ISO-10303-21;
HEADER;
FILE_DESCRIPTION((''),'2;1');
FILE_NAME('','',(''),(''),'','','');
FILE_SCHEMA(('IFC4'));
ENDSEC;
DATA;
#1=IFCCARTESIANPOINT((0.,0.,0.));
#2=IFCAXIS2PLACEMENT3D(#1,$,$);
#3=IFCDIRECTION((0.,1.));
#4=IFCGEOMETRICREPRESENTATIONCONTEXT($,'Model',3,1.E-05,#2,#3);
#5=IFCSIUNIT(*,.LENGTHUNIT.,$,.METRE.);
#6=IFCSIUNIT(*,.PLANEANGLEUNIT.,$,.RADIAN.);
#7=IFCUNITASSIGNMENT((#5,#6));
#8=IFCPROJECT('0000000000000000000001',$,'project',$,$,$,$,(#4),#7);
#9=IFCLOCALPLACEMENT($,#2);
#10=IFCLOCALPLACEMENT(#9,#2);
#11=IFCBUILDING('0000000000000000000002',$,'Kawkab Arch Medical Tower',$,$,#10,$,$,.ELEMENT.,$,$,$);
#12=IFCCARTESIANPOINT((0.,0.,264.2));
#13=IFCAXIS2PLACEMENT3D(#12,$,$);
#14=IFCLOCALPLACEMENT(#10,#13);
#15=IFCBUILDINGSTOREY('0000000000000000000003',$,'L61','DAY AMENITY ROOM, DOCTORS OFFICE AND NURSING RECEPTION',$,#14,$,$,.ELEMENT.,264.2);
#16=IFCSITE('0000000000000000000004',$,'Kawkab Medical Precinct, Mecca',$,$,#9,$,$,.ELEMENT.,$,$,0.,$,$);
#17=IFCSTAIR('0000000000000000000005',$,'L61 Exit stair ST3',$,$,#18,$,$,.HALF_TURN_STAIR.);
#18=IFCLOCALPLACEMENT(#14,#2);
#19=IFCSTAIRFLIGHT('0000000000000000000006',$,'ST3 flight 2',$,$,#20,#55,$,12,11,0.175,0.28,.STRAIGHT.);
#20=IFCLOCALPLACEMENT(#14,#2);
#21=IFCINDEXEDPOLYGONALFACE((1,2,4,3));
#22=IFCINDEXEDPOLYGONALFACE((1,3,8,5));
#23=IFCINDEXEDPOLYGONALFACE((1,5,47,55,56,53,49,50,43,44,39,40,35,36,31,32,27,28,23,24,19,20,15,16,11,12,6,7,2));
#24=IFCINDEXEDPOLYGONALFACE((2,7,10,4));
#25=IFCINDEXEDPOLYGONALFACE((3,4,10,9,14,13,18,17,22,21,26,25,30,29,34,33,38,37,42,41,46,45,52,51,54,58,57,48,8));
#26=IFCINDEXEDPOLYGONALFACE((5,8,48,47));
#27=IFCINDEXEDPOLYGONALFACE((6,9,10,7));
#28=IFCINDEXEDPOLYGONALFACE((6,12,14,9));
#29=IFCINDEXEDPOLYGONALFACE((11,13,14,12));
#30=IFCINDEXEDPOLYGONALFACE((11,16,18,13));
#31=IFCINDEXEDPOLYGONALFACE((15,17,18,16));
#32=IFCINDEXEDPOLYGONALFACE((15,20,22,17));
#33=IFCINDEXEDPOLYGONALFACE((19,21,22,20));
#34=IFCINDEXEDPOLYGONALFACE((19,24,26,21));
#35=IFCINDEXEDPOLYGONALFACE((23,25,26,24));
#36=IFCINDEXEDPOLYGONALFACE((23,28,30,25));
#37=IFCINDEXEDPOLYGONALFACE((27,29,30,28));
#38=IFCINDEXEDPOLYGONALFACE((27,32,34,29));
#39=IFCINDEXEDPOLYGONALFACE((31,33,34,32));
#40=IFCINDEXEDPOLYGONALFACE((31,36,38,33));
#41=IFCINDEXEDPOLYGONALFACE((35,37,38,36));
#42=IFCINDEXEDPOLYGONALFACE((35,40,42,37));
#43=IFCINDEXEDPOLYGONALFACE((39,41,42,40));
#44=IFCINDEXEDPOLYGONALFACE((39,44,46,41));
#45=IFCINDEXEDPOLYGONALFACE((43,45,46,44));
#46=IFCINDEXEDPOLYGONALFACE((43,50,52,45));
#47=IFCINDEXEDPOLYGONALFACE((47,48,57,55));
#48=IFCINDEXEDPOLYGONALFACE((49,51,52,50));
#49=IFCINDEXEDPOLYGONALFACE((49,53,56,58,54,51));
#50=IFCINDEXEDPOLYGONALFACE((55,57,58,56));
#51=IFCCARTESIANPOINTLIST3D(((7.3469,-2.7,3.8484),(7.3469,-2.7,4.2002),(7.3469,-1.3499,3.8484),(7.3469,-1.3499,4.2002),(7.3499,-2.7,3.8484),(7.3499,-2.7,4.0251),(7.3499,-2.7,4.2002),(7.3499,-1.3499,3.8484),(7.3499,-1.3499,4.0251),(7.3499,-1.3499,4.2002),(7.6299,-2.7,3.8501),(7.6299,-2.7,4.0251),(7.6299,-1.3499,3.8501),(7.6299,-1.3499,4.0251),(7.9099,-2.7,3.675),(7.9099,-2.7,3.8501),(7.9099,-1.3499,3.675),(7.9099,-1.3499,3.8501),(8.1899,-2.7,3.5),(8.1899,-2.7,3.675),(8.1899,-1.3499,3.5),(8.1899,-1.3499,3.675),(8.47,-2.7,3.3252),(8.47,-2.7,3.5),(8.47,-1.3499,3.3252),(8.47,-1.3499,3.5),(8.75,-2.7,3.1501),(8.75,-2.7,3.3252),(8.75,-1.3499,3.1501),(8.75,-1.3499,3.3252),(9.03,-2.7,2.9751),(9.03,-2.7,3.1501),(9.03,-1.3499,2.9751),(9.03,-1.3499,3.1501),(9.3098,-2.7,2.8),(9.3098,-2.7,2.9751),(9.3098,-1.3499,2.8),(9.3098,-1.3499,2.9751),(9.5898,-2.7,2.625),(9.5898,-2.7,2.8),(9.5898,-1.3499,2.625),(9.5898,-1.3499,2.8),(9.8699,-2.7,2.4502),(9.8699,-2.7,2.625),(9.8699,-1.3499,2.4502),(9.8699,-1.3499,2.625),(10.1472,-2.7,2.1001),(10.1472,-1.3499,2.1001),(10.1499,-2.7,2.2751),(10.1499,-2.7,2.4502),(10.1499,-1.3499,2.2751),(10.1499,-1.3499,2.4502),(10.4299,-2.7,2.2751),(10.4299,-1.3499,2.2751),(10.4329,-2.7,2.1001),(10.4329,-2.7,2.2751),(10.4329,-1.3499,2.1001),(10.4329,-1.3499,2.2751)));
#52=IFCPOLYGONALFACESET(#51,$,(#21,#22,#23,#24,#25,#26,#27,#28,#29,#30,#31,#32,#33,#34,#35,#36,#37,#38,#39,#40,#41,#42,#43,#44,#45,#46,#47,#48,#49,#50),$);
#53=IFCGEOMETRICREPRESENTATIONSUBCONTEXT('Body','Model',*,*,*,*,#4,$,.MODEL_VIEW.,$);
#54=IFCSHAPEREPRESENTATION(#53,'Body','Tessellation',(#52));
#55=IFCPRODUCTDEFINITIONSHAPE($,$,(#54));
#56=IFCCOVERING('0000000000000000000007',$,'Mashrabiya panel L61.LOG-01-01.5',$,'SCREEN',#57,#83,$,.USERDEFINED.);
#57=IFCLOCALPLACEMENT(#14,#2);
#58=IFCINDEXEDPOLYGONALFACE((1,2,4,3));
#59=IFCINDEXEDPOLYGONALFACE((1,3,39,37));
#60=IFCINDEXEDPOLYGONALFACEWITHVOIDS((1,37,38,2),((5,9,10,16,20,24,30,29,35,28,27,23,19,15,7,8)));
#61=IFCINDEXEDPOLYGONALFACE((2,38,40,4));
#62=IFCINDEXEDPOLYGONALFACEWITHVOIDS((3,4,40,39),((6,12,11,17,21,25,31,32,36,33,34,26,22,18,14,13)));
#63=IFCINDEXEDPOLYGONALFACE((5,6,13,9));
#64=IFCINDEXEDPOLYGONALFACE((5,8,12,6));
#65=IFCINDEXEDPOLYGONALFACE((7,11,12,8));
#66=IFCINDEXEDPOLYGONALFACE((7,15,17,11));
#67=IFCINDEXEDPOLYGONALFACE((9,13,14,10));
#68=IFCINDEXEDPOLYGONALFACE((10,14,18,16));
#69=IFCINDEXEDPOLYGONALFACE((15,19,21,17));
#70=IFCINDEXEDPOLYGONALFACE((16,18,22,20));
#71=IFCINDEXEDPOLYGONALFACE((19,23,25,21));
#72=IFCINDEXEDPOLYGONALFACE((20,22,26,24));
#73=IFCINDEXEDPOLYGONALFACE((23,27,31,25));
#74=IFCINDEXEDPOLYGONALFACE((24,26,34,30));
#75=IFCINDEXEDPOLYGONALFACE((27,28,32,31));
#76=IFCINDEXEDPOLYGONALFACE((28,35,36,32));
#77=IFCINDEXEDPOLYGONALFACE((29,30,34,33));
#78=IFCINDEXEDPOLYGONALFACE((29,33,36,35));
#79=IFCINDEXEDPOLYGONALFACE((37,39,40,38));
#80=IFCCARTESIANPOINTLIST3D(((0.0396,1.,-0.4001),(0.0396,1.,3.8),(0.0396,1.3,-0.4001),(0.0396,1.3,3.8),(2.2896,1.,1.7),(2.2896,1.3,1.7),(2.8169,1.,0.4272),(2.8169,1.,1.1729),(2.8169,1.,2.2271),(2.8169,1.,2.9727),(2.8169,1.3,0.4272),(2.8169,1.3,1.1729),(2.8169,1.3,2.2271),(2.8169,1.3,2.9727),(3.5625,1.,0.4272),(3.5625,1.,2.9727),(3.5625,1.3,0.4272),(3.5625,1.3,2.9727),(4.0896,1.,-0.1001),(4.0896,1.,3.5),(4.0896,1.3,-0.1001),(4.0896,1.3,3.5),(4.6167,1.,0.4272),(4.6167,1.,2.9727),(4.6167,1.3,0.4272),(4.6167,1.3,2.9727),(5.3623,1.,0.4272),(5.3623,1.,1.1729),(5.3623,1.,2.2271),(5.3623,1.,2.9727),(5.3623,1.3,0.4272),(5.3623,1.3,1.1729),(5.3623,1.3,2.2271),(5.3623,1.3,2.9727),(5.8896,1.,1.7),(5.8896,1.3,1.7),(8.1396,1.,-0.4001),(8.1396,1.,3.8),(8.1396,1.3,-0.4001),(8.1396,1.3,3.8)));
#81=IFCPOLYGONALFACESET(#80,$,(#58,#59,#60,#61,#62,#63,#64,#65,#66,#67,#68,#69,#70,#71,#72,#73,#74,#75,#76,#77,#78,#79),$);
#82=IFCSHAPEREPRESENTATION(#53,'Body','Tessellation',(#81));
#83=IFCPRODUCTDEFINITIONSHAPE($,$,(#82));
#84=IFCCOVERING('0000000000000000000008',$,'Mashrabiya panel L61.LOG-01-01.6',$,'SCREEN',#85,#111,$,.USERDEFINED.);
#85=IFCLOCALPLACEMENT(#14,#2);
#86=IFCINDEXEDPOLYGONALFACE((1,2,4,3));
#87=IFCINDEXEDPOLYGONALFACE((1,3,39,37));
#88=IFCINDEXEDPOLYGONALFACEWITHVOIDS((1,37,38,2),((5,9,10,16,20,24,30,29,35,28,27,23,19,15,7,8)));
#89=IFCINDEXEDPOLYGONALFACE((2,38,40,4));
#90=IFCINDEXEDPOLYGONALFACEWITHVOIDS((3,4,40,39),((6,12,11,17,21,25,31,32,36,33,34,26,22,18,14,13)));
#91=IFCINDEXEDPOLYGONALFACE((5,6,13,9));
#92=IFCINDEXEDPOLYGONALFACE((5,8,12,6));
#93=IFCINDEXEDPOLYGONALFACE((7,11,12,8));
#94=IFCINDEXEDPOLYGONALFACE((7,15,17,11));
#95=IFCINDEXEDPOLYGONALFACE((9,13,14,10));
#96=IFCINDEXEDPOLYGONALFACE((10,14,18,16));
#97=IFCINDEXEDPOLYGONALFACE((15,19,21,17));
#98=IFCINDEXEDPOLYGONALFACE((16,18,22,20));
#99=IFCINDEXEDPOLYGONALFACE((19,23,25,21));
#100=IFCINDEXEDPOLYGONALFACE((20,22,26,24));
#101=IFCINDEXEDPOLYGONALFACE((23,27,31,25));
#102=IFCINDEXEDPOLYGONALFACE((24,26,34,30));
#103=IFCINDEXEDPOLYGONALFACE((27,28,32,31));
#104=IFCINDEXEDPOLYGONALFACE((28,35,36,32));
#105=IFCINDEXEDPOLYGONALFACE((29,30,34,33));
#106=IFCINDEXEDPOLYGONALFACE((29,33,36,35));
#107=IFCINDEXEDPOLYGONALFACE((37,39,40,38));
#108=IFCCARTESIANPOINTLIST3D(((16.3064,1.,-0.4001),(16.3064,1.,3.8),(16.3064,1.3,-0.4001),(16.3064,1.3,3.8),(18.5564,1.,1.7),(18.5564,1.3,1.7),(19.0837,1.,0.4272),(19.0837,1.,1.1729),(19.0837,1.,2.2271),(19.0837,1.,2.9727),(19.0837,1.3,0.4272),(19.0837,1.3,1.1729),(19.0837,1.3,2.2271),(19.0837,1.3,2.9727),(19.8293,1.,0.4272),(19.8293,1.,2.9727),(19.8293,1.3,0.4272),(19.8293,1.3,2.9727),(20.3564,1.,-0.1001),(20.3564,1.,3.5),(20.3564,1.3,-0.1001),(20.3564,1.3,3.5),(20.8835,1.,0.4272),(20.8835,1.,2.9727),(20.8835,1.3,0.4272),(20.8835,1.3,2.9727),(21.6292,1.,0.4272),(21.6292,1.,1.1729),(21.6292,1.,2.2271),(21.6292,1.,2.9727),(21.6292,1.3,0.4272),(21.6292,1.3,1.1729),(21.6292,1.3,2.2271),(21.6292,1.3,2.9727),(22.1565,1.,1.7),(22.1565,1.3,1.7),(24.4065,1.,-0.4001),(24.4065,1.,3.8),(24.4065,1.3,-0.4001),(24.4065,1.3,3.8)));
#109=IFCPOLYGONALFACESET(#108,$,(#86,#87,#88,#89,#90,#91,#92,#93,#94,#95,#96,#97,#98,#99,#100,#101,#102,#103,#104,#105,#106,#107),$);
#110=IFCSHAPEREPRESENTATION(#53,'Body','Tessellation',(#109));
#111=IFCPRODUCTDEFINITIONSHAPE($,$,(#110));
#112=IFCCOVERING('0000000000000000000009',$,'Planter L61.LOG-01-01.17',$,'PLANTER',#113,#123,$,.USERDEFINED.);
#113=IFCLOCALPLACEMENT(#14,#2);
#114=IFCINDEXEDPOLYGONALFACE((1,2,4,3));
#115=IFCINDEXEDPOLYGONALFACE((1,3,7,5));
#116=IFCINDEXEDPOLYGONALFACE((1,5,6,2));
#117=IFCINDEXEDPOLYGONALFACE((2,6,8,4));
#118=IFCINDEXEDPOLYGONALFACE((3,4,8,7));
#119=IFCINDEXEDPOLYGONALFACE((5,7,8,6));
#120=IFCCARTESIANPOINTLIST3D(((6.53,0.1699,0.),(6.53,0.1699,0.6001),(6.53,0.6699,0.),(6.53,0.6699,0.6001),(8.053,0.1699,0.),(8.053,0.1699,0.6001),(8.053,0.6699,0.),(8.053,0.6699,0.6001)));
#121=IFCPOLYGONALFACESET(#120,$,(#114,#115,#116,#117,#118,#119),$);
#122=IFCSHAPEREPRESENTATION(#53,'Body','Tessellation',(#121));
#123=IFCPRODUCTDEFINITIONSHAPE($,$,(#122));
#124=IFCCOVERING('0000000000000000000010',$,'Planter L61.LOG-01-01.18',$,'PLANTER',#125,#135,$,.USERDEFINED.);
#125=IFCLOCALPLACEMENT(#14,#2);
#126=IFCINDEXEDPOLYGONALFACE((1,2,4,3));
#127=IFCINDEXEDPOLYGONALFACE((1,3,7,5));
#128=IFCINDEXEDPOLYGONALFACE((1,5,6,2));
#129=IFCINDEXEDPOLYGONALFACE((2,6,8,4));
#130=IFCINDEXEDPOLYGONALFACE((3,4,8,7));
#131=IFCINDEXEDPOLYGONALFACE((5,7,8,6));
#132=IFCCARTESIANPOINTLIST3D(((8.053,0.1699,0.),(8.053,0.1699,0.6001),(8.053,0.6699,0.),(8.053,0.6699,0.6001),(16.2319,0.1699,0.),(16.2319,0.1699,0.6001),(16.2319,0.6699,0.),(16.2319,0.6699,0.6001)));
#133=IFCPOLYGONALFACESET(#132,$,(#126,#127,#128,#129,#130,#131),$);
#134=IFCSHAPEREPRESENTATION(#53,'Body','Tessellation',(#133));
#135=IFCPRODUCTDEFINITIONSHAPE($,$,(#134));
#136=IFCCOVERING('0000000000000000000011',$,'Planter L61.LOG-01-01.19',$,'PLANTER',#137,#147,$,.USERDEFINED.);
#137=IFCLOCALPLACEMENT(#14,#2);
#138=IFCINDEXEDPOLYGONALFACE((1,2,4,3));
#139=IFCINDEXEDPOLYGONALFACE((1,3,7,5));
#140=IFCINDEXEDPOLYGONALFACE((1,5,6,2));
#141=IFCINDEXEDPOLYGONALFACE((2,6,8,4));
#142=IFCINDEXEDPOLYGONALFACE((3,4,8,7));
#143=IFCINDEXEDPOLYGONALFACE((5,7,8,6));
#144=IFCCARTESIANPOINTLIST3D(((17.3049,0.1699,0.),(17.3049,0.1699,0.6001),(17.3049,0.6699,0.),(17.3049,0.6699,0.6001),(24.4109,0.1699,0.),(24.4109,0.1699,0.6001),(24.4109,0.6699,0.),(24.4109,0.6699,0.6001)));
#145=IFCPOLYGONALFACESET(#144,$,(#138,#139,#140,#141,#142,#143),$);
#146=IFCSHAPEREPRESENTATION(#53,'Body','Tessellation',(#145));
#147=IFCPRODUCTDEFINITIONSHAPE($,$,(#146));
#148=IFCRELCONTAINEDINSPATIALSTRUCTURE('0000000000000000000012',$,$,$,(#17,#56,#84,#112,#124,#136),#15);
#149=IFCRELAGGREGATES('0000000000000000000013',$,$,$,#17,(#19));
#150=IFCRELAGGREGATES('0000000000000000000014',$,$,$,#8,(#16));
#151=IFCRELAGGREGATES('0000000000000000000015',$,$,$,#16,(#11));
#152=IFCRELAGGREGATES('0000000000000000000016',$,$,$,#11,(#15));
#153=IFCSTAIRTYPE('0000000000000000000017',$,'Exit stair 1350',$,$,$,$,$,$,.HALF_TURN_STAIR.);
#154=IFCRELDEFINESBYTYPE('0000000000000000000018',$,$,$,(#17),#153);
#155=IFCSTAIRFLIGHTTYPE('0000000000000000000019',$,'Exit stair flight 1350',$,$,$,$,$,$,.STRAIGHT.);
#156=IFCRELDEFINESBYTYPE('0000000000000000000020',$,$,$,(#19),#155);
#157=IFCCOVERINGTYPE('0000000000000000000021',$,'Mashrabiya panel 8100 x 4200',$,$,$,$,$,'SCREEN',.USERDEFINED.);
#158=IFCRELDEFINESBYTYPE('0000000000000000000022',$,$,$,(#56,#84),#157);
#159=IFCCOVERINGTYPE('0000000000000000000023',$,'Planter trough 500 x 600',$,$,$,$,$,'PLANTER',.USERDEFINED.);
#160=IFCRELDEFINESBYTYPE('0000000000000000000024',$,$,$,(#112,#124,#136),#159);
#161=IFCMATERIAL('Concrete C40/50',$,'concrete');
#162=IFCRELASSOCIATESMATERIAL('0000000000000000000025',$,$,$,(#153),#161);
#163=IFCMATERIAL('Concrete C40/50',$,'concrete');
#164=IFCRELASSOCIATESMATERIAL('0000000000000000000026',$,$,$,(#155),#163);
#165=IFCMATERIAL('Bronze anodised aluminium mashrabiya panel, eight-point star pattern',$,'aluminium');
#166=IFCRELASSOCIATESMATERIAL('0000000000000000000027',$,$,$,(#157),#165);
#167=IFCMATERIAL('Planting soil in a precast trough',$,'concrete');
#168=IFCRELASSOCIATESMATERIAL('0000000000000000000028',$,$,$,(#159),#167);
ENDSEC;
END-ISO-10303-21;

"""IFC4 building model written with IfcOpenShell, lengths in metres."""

from ifc_helpers import new_model, si_unit, direction, frame, origin, origin_2d, place, context, subcontext, project, spatial, polyline, rectangle, outline, extrude, material, material_profile, profile_set, type_object, element, aggregate, save


model = new_model("IFC4")

# Units and contexts
model_context = context("Model", 3, precision=1e-05, world=origin(), true_north=direction((0.0, 1.0)))
body_context = subcontext(model_context, "Body", "Model", "MODEL_VIEW")
ifc_project = project(units=[si_unit("LENGTHUNIT", "METRE"), si_unit("PLANEANGLEUNIT", "RADIAN")], contexts=[model_context])

# Site, building, storey
site_placement = place(None, origin())
site = spatial("IfcSite", under=ifc_project, at=site_placement, Name="Kawkab Medical Precinct, Mecca", CompositionType="ELEMENT", RefElevation=0.0)
building_placement = place(site_placement, origin())
building = spatial("IfcBuilding", under=site, at=building_placement, Name="Kawkab Arch Medical Tower", CompositionType="ELEMENT")
storey_placement = place(building_placement, frame((0.0, 0.0, 264.2)))
storey = spatial("IfcBuildingStorey", under=building, at=storey_placement, Name="L61", Description="DAY AMENITY ROOM, DOCTORS OFFICE AND NURSING RECEPTION", CompositionType="ELEMENT", Elevation=264.2)

# Shared definitions
placement = place(storey_placement, origin())

# Stair, stair flight
ifc_material_1 = material(Name="Concrete C40/50", Category="concrete")
stair_type = type_object("IfcStairType", Name="Exit stair 1350", PredefinedType="HALF_TURN_STAIR", material=ifc_material_1)
stair = element("IfcStair", 1, at=placement, inside=storey, type_object=stair_type, Name="L61 Exit stair ST3", PredefinedType="HALF_TURN_STAIR")
ifc_material_2 = material(Name="Concrete C40/50", Category="concrete")
stair_flight_type = type_object("IfcStairFlightType", Name="Exit stair flight 1350", PredefinedType="STRAIGHT", material=ifc_material_2)
stair_flight_placement = place(storey_placement, frame((10.4299, -2.0249, 2.1001), z_axis=(0.0, 0.0, 1.0), x_axis=(-1.0, 0.0, 0.0)))
stair_flight = element("IfcStairFlight", 2, at=stair_flight_placement, type_object=stair_flight_type, Name="ST3 flight 2", NumberOfRisers=12, NumberOfTreads=11, PredefinedType="STRAIGHT", RiserHeight=0.175, TreadLength=0.28, context=body_context, shape_type="SweptSolid", body=[
    extrude(outline(polyline([(-0.0029, 0.0), (-0.0029, 0.175), (0.0, 0.175), (0.28, 0.175), (0.28, 0.3501), (0.5601, 0.3501), (0.5601, 0.5249), (0.8401, 0.5249), (0.8401, 0.7), (1.1201, 0.7), (1.1201, 0.875), (1.3999, 0.875), (1.3999, 1.05), (1.6799, 1.05), (1.6799, 1.2251), (1.96, 1.2251), (1.96, 1.3999), (2.24, 1.3999), (2.24, 1.575), (2.52, 1.575), (2.52, 1.75), (2.8, 1.75), (2.8, 1.925), (3.0801, 1.925), (3.0801, 2.1001), (3.083, 2.1001), (3.083, 1.7483), (3.0801, 1.7483), (0.2827, 0.0), (-0.0029, 0.0)])), frame((0.0, 0.675, 0.0), z_axis=(0.0, -1.0, 0.0), x_axis=(1.0, 0.0, 0.0)), (0.0, 0.0, 1.0), 1.3501),
])
aggregate(stair, [stair_flight])

# Coverings
ifc_material_3 = material(Name="Bronze anodised aluminium mashrabiya panel, eight-point star pattern", Category="aluminium")
ifc_material_profile_1 = material_profile(ifc_material_3, outline(polyline([(-4.05, -2.1001), (4.05, -2.1001), (4.05, 2.1001), (-4.05, 2.1001), (-4.05, -2.1001)]), holes=[polyline([(1.8, 0.0), (1.2727, 0.5271), (1.2727, 1.2727), (0.5271, 1.2727), (0.0, 1.8), (-0.5271, 1.2727), (-1.2727, 1.2727), (-1.2727, 0.5271), (-1.8, 0.0), (-1.2727, -0.5271), (-1.2727, -1.2727), (-0.5271, -1.2727), (0.0, -1.8), (0.5271, -1.2727), (1.2727, -1.2727), (1.2727, -0.5271), (1.8, 0.0)])]), Name="Mashrabiya panel 8100x4200")
ifc_profile_set_1 = profile_set([ifc_material_profile_1], Name="Bronze anodised aluminium mashrabiya panel, eight-point star pattern")
covering_type_1 = type_object("IfcCoveringType", Name="Mashrabiya panel 8100 x 4200", ElementType="SCREEN", PredefinedType="USERDEFINED", material=ifc_profile_set_1)
for number, where, z_axis, x_axis, name in (
    (3, (4.0896, 1.0, 1.7), (0.0, 1.0, 0.0), (-1.0, 0.0, 0.0), "Mashrabiya panel L61.LOG-01-01.5"),
    (4, (20.3564, 1.0, 1.7), (0.0, 1.0, 0.0), (-1.0, 0.0, 0.0), "Mashrabiya panel L61.LOG-01-01.6"),
):
    element("IfcCovering", number, at=place(storey_placement, frame(where, z_axis=z_axis, x_axis=x_axis)), inside=storey, type_object=covering_type_1, Name=name, ObjectType="SCREEN", PredefinedType="USERDEFINED", context=body_context, shape_type="SweptSolid", body=[
        extrude(outline(polyline([(-4.05, -2.1001), (4.05, -2.1001), (4.05, 2.1001), (-4.05, 2.1001), (-4.05, -2.1001)]), holes=[polyline([(1.8, 0.0), (1.2727, 0.5271), (1.2727, 1.2727), (0.5271, 1.2727), (0.0, 1.8), (-0.5271, 1.2727), (-1.2727, 1.2727), (-1.2727, 0.5271), (-1.8, 0.0), (-1.2727, -0.5271), (-1.2727, -1.2727), (-0.5271, -1.2727), (0.0, -1.8), (0.5271, -1.2727), (1.2727, -1.2727), (1.2727, -0.5271), (1.8, 0.0)])]), origin(), (0.0, 0.0, 1.0), 0.3),
    ])
ifc_material_4 = material(Name="Planting soil in a precast trough", Category="concrete")
ifc_material_profile_2 = material_profile(ifc_material_4, rectangle(XDim=0.5, YDim=0.6001, at=origin_2d()), Name="Trough 500x600")
ifc_profile_set_2 = profile_set([ifc_material_profile_2], Name="Planting soil in a precast trough")
covering_type_2 = type_object("IfcCoveringType", Name="Planter trough 500 x 600", ElementType="PLANTER", PredefinedType="USERDEFINED", material=ifc_profile_set_2)
covering_1_placement = place(storey_placement, frame((6.53, 0.4199, 0.3), z_axis=(1.0, 0.0, 0.0), x_axis=(0.0, 1.0, 0.0)))
element("IfcCovering", 5, at=covering_1_placement, inside=storey, type_object=covering_type_2, Name="Planter L61.LOG-01-01.17", ObjectType="PLANTER", PredefinedType="USERDEFINED", context=body_context, shape_type="SweptSolid", body=[
    extrude(rectangle(XDim=0.5, YDim=0.6001, at=origin_2d()), origin(), (0.0, 0.0, 1.0), 1.5229),
])
covering_2_placement = place(storey_placement, frame((8.053, 0.4199, 0.3), z_axis=(1.0, 0.0, 0.0), x_axis=(0.0, 1.0, 0.0)))
element("IfcCovering", 6, at=covering_2_placement, inside=storey, type_object=covering_type_2, Name="Planter L61.LOG-01-01.18", ObjectType="PLANTER", PredefinedType="USERDEFINED", context=body_context, shape_type="SweptSolid", body=[
    extrude(rectangle(XDim=0.5, YDim=0.6001, at=origin_2d()), origin(), (0.0, 0.0, 1.0), 8.179),
])
covering_3_placement = place(storey_placement, frame((17.3049, 0.4199, 0.3), z_axis=(1.0, 0.0, 0.0), x_axis=(0.0, 1.0, 0.0)))
element("IfcCovering", 7, at=covering_3_placement, inside=storey, type_object=covering_type_2, Name="Planter L61.LOG-01-01.19", ObjectType="PLANTER", PredefinedType="USERDEFINED", context=body_context, shape_type="SweptSolid", body=[
    extrude(rectangle(XDim=0.5, YDim=0.6001, at=origin_2d()), origin(), (0.0, 0.0, 1.0), 7.106),
])

save(model, "model.ifc")
